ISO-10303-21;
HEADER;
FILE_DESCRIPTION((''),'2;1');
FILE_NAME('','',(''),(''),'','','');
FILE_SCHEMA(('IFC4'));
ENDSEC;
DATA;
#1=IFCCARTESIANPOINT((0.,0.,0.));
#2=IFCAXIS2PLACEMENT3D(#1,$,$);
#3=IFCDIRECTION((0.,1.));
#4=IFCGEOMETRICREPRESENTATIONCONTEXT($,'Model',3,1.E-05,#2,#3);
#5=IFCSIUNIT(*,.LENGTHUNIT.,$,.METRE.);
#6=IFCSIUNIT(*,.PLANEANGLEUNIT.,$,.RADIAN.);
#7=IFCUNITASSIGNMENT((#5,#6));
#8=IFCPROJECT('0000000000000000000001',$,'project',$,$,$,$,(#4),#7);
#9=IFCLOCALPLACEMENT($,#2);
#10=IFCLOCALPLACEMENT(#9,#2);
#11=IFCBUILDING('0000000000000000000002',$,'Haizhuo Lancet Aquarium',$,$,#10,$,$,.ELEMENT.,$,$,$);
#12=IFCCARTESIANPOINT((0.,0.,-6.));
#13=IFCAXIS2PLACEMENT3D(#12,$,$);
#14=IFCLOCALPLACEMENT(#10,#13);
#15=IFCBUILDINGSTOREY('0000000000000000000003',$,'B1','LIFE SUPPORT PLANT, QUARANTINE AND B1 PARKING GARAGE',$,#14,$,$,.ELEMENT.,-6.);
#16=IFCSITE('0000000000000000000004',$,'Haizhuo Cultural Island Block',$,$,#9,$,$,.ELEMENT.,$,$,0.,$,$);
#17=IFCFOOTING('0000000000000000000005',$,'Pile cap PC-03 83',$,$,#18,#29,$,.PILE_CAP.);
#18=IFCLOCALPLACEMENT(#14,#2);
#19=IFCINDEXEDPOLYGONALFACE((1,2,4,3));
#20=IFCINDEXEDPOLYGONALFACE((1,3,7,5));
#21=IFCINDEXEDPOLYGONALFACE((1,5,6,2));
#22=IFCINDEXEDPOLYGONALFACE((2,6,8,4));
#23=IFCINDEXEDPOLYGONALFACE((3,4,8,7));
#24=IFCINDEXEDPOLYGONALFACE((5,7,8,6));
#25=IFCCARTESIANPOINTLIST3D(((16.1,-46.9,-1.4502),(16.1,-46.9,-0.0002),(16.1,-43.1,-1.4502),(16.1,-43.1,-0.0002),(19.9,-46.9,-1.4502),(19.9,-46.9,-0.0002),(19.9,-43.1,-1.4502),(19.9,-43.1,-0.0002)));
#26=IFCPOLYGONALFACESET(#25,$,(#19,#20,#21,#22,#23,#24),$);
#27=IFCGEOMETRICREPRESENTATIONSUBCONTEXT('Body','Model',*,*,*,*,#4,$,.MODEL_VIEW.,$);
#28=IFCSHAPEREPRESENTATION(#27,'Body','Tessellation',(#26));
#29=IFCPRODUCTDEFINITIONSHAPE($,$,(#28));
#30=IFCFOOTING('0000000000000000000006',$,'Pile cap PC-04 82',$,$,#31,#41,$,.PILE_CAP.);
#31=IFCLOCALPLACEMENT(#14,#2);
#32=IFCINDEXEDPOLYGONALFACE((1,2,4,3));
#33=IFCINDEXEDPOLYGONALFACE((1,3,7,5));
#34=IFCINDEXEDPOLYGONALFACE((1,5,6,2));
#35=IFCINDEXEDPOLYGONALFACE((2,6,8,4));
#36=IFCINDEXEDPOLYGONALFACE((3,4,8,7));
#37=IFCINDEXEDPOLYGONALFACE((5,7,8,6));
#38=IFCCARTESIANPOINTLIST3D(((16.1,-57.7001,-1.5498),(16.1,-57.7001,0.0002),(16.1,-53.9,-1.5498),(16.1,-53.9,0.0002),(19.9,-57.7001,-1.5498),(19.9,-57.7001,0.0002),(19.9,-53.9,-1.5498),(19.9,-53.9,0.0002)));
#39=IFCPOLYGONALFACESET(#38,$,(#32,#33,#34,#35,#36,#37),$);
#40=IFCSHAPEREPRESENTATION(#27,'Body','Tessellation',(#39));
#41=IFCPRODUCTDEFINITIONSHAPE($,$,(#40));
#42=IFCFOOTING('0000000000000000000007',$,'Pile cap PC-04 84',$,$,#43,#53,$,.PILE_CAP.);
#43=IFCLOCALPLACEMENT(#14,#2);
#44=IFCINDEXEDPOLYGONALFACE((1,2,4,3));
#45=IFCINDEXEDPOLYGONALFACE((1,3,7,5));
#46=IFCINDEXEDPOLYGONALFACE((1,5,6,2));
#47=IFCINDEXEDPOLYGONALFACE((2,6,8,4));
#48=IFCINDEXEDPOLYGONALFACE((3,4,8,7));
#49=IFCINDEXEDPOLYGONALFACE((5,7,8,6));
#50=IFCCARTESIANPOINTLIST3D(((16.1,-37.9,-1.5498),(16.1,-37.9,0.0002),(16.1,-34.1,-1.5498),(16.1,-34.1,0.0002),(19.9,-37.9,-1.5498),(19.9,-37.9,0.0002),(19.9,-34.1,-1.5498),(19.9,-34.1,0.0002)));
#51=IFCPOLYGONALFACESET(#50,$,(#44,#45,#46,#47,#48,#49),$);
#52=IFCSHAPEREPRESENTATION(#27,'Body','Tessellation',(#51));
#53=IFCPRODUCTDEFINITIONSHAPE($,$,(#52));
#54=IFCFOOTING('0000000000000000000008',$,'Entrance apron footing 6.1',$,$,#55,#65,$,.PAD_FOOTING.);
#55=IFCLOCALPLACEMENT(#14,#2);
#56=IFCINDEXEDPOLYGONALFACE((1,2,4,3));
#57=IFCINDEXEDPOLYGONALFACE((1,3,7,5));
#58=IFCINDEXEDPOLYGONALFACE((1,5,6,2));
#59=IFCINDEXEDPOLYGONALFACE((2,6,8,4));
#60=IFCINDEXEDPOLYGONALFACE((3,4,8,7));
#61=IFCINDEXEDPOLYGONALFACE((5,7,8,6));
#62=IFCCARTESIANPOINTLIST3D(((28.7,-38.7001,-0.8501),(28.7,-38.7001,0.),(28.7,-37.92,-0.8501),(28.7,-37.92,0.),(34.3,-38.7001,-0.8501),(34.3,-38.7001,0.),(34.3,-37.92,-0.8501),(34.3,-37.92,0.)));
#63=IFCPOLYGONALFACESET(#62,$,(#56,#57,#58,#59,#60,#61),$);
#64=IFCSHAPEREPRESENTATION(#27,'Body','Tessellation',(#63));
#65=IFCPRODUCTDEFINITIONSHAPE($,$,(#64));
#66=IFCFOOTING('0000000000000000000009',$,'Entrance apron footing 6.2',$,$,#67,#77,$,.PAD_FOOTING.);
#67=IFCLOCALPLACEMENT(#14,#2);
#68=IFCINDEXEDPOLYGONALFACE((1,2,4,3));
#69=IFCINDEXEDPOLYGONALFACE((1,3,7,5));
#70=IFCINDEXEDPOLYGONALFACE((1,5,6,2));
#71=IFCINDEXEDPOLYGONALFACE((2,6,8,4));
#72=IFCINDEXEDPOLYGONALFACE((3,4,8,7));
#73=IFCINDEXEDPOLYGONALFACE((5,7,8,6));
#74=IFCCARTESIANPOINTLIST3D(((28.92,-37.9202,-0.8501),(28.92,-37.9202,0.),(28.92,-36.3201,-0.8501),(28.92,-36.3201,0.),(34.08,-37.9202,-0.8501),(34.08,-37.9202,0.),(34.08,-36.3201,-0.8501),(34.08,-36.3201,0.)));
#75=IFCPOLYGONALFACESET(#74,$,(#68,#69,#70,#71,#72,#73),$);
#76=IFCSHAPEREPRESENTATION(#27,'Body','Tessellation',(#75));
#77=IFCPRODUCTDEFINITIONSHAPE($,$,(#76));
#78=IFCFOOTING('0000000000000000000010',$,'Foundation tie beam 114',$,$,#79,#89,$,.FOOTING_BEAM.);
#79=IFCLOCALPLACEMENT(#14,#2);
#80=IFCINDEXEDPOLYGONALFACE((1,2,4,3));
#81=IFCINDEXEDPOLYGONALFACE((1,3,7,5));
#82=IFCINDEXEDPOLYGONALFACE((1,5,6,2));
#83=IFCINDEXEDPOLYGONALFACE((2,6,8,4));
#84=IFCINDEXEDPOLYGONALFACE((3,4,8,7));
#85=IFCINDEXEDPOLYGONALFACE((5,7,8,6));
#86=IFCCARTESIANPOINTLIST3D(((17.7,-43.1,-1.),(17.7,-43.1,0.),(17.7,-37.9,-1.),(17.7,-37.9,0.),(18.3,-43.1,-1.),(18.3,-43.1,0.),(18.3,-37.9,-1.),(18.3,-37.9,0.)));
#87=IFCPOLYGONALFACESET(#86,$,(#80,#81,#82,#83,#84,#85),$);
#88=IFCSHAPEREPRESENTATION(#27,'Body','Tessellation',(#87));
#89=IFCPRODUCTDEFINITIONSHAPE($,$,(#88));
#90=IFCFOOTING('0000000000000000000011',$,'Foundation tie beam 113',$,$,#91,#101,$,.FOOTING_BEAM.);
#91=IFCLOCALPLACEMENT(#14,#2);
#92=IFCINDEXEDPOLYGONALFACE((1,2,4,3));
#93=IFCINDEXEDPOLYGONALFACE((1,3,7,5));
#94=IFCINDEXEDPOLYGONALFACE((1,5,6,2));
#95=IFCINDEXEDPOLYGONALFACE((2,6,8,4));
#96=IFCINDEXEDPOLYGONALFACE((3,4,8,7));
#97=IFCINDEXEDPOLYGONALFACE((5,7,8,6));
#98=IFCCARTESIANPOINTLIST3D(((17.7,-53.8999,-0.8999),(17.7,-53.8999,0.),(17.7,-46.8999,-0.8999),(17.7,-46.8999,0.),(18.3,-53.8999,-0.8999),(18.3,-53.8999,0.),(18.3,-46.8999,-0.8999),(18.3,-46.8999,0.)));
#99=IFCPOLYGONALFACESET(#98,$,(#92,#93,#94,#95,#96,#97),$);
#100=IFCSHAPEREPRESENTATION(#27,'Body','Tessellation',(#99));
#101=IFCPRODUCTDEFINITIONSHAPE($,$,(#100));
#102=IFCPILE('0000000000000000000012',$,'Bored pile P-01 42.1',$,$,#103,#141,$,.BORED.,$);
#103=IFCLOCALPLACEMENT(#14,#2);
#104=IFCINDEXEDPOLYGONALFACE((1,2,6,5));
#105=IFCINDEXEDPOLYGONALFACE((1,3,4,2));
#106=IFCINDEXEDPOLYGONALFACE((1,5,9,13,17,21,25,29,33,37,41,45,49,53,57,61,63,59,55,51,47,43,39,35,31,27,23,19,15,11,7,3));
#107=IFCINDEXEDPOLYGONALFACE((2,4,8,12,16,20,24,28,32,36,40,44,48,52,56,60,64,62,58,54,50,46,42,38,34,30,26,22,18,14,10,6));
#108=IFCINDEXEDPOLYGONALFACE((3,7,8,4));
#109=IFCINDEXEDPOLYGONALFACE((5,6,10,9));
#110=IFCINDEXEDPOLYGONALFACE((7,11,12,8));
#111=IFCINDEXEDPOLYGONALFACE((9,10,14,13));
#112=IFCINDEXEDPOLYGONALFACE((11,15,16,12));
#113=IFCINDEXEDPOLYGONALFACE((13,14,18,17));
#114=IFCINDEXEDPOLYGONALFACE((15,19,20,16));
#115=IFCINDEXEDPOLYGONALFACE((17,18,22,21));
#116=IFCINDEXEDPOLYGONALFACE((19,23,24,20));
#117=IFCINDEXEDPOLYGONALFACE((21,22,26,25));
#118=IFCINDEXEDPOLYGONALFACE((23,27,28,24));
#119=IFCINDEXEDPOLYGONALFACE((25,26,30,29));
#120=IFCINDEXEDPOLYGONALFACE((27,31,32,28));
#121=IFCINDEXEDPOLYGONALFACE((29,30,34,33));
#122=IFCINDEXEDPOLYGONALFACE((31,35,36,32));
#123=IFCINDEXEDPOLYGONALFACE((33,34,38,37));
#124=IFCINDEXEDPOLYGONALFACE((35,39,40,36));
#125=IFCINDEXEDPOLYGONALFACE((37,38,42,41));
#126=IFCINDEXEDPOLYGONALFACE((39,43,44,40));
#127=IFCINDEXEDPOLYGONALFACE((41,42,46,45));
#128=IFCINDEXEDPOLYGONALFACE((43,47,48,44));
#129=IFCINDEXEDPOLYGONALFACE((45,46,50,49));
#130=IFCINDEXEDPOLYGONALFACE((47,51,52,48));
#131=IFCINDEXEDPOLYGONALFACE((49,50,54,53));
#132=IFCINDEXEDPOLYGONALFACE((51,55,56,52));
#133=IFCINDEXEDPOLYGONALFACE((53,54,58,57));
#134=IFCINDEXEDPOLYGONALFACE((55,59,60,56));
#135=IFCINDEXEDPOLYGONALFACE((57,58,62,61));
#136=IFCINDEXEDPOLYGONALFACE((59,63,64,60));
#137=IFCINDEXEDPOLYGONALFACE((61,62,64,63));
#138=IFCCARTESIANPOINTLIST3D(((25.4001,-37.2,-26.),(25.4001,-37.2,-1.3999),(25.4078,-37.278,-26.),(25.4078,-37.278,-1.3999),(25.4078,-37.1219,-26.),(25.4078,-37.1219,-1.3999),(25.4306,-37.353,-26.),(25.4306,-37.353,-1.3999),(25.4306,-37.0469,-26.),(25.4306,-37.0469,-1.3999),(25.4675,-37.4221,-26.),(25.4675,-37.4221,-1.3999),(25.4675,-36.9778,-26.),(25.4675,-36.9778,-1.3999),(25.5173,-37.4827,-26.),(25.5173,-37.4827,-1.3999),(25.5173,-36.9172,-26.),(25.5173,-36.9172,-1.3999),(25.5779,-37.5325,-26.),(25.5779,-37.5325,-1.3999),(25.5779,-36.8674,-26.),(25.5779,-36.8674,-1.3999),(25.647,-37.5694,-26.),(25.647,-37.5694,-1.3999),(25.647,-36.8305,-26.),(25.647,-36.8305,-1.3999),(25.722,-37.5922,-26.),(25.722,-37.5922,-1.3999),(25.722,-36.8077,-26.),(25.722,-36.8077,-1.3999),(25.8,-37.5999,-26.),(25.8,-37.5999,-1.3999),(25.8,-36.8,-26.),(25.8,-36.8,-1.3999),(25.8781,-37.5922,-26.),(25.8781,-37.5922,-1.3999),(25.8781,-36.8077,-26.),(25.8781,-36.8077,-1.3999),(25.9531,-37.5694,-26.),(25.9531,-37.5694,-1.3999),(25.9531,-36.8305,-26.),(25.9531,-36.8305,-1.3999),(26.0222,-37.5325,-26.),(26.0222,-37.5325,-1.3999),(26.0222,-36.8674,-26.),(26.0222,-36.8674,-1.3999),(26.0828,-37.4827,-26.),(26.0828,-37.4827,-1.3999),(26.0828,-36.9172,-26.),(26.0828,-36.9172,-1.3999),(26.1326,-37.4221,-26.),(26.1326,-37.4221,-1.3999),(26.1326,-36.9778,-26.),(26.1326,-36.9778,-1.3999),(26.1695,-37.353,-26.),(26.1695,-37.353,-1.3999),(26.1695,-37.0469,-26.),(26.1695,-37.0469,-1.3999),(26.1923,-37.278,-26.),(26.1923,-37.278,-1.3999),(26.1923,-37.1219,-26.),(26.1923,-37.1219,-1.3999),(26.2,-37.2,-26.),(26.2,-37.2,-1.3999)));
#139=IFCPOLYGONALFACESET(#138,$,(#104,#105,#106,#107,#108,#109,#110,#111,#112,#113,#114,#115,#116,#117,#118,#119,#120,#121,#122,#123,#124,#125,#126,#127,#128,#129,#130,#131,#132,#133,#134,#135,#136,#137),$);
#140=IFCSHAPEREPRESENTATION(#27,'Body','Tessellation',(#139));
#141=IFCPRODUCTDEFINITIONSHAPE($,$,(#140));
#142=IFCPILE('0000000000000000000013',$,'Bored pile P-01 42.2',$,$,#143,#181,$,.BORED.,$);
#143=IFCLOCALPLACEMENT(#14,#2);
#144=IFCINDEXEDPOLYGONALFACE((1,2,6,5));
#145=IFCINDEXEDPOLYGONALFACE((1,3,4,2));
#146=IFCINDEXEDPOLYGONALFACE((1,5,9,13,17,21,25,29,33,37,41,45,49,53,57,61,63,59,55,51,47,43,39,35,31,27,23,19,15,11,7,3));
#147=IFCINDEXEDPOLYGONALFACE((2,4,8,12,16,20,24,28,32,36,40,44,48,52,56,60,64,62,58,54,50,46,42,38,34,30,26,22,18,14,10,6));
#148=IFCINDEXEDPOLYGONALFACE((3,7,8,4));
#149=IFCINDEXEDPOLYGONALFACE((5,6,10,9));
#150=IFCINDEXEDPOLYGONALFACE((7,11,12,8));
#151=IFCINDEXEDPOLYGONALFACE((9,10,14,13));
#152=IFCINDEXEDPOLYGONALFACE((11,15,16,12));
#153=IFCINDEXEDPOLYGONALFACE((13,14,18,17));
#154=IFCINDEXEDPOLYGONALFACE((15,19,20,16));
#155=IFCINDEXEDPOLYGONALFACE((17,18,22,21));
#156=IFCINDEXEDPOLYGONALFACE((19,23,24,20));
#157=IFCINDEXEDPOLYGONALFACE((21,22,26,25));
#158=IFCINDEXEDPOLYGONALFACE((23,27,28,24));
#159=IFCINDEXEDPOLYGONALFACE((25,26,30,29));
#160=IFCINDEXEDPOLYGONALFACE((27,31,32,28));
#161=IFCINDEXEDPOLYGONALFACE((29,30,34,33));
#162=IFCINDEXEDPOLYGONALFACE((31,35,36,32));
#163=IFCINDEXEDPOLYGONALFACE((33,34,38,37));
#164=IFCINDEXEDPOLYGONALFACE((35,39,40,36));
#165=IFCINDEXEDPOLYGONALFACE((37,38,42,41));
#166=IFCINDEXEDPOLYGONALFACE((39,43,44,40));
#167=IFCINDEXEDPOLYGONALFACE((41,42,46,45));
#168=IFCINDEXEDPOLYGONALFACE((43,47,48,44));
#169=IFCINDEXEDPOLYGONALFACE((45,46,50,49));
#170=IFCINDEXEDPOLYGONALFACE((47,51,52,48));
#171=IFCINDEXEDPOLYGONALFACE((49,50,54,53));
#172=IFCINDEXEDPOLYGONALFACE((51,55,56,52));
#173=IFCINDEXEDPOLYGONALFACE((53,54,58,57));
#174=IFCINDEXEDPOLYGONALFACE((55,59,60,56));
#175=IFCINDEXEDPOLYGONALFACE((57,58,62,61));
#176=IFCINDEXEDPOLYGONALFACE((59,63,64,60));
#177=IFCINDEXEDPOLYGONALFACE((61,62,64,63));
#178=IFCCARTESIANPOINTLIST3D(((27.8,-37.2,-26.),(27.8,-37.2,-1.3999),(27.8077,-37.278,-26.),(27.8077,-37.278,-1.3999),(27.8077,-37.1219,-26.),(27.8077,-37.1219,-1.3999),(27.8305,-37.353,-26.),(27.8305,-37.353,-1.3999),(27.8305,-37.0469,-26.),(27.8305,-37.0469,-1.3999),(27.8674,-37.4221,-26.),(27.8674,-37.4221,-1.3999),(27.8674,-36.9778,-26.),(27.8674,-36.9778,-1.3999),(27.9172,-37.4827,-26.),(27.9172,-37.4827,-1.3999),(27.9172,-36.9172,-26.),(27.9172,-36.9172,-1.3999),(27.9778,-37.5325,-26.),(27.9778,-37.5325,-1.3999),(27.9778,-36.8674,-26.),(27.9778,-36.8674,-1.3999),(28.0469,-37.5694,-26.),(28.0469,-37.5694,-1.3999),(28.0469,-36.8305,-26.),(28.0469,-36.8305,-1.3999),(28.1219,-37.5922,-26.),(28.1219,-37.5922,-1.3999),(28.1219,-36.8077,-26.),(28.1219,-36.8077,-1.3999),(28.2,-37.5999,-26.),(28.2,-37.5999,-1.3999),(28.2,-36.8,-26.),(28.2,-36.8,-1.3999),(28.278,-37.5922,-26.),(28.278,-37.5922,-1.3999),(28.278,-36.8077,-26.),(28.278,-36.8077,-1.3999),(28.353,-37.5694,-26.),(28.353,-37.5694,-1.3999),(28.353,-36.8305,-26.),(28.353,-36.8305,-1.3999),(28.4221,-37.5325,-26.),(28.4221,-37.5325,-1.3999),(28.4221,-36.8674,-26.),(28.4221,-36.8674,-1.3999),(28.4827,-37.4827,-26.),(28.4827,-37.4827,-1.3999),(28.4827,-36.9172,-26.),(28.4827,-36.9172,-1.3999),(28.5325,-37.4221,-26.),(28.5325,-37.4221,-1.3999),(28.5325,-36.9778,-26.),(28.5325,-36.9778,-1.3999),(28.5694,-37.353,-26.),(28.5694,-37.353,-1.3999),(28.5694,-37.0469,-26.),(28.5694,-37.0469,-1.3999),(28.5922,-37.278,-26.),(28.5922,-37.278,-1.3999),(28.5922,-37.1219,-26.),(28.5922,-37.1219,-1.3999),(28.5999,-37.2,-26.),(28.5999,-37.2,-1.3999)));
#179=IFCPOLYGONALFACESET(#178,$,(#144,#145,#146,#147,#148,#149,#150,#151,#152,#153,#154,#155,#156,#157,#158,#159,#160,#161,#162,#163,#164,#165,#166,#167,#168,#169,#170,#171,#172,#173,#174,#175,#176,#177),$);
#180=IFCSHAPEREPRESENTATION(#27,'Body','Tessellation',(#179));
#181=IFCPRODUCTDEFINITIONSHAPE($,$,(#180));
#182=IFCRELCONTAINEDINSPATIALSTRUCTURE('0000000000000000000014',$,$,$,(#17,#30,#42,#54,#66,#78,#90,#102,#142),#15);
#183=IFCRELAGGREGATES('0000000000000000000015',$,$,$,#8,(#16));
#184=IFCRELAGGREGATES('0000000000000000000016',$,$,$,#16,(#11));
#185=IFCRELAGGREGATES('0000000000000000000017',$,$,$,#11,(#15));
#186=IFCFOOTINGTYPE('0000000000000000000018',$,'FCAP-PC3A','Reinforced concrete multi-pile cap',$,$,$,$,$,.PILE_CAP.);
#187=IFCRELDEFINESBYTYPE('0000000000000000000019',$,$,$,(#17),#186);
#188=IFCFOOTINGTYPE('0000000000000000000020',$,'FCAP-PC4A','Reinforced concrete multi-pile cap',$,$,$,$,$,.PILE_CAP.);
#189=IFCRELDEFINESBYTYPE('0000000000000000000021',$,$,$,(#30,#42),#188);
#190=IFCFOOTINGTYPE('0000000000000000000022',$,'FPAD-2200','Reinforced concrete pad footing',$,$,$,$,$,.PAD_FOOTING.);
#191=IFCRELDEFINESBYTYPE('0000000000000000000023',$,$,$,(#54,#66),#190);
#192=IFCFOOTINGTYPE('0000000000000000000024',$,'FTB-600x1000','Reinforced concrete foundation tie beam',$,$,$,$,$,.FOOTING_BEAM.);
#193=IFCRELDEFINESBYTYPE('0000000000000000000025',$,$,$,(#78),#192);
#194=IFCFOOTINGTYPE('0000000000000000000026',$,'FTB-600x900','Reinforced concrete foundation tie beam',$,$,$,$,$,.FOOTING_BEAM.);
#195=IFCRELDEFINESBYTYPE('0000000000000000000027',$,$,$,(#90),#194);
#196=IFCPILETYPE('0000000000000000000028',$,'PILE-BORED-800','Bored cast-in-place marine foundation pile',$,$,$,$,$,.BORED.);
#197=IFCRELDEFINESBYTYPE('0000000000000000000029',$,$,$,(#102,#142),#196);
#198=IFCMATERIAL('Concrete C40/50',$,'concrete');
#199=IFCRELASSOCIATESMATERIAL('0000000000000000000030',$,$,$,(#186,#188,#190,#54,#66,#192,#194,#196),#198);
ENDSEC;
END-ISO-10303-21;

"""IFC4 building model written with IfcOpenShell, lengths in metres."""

from ifc_helpers import new_model, si_unit, direction, frame, origin, origin_2d, place, context, subcontext, project, spatial, rectangle, circle, extrude, material, material_profile, profile_set, type_object, element, save


model = new_model("IFC4")

# Units and contexts
model_context = context("Model", 3, precision=1e-05, world=origin(), true_north=direction((0.0, 1.0)))
body_context = subcontext(model_context, "Body", "Model", "MODEL_VIEW")
ifc_project = project(units=[si_unit("LENGTHUNIT", "METRE"), si_unit("PLANEANGLEUNIT", "RADIAN")], contexts=[model_context])

# Site, building, storey
site_placement = place(None, origin())
site = spatial("IfcSite", under=ifc_project, at=site_placement, Name="Haizhuo Cultural Island Block", CompositionType="ELEMENT", RefElevation=0.0)
building_placement = place(site_placement, origin())
building = spatial("IfcBuilding", under=site, at=building_placement, Name="Haizhuo Lancet Aquarium", CompositionType="ELEMENT")
storey_placement = place(building_placement, frame((0.0, 0.0, -6.0)))
storey = spatial("IfcBuildingStorey", under=building, at=storey_placement, Name="B1", Description="LIFE SUPPORT PLANT, QUARANTINE AND B1 PARKING GARAGE", CompositionType="ELEMENT", Elevation=-6.0)

# Footings
ifc_material_1 = material(Name="Concrete C40/50", Category="concrete")
footing_type_1 = type_object("IfcFootingType", Name="FCAP-PC3A", Description="Reinforced concrete multi-pile cap", PredefinedType="PILE_CAP", material=ifc_material_1)
footing_1_placement = place(storey_placement, frame((18.0, -45.0, -1.4502), z_axis=(0.0, 0.0, 1.0), x_axis=(1.0, 0.0, 0.0)))
element("IfcFooting", 1, at=footing_1_placement, inside=storey, type_object=footing_type_1, Name="Pile cap PC-03 83", PredefinedType="PILE_CAP", context=body_context, shape_type="SweptSolid", body=[
    extrude(rectangle(XDim=3.8, YDim=3.8, at=origin_2d()), origin(), (0.0, 0.0, 1.0), 1.45),
])
footing_type_2 = type_object("IfcFootingType", Name="FCAP-PC4A", Description="Reinforced concrete multi-pile cap", PredefinedType="PILE_CAP", material=ifc_material_1)
for number, where, z_axis, x_axis, name in (
    (2, (18.0, -55.8, -1.5498), (0.0, 0.0, 1.0), (1.0, 0.0, 0.0), "Pile cap PC-04 82"),
    (3, (18.0, -36.0, -1.5498), (0.0, 0.0, 1.0), (1.0, 0.0, 0.0), "Pile cap PC-04 84"),
):
    element("IfcFooting", number, at=place(storey_placement, frame(where, z_axis=z_axis, x_axis=x_axis)), inside=storey, type_object=footing_type_2, Name=name, PredefinedType="PILE_CAP", context=body_context, shape_type="SweptSolid", body=[
        extrude(rectangle(XDim=3.8, YDim=3.8, at=origin_2d()), origin(), (0.0, 0.0, 1.0), 1.55),
    ])
footing_type_3 = type_object("IfcFootingType", Name="FPAD-2200", Description="Reinforced concrete pad footing", PredefinedType="PAD_FOOTING", material=ifc_material_1)
footing_2_placement = place(storey_placement, frame((31.5, -38.3101, -0.8501), z_axis=(0.0, 0.0, 1.0), x_axis=(1.0, 0.0, 0.0)))
element("IfcFooting", 4, at=footing_2_placement, inside=storey, type_object=footing_type_3, material=ifc_material_1, Name="Entrance apron footing 6.1", PredefinedType="PAD_FOOTING", context=body_context, shape_type="SweptSolid", body=[
    extrude(rectangle(XDim=5.6001, YDim=0.78, at=origin_2d()), origin(), (0.0, 0.0, 1.0), 0.8501),
])
footing_3_placement = place(storey_placement, frame((31.5, -37.1201, -0.8501), z_axis=(0.0, 0.0, 1.0), x_axis=(1.0, 0.0, 0.0)))
element("IfcFooting", 5, at=footing_3_placement, inside=storey, type_object=footing_type_3, material=ifc_material_1, Name="Entrance apron footing 6.2", PredefinedType="PAD_FOOTING", context=body_context, shape_type="SweptSolid", body=[
    extrude(rectangle(XDim=5.1599, YDim=1.6001, at=origin_2d()), origin(), (0.0, 0.0, 1.0), 0.8501),
])
footing_type_4 = type_object("IfcFootingType", Name="FTB-600x1000", Description="Reinforced concrete foundation tie beam", PredefinedType="FOOTING_BEAM", material=ifc_material_1)
footing_4_placement = place(storey_placement, frame((18.0, -40.5, -1.0), z_axis=(0.0, 0.0, 1.0), x_axis=(0.0, 1.0, 0.0)))
element("IfcFooting", 6, at=footing_4_placement, inside=storey, type_object=footing_type_4, Name="Foundation tie beam 114", PredefinedType="FOOTING_BEAM", context=body_context, shape_type="SweptSolid", body=[
    extrude(rectangle(XDim=5.2, YDim=0.6001, at=origin_2d()), origin(), (0.0, 0.0, 1.0), 1.0),
])
footing_type_5 = type_object("IfcFootingType", Name="FTB-600x900", Description="Reinforced concrete foundation tie beam", PredefinedType="FOOTING_BEAM", material=ifc_material_1)
footing_5_placement = place(storey_placement, frame((18.0, -50.3999, -0.8999), z_axis=(0.0, 0.0, 1.0), x_axis=(0.0, 1.0, 0.0)))
element("IfcFooting", 7, at=footing_5_placement, inside=storey, type_object=footing_type_5, Name="Foundation tie beam 113", PredefinedType="FOOTING_BEAM", context=body_context, shape_type="SweptSolid", body=[
    extrude(rectangle(XDim=7.0, YDim=0.6001, at=origin_2d()), origin(), (0.0, 0.0, 1.0), 0.8999),
])

# Piles
ifc_material_profile_1 = material_profile(ifc_material_1, circle(Radius=0.3999, at=origin_2d()), Name="PILE-800")
ifc_profile_set_1 = profile_set([ifc_material_profile_1], Name="Concrete C40/50")
pile_type = type_object("IfcPileType", Name="PILE-BORED-800", Description="Bored cast-in-place marine foundation pile", PredefinedType="BORED", material=ifc_profile_set_1)
for number, where, z_axis, x_axis, name in (
    (8, (25.8, -37.2, -1.3999), (0.0, 0.0, -1.0), (1.0, 0.0, 0.0), "Bored pile P-01 42.1"),
    (9, (28.2, -37.2, -1.3999), (0.0, 0.0, -1.0), (1.0, 0.0, 0.0), "Bored pile P-01 42.2"),
):
    element("IfcPile", number, at=place(storey_placement, frame(where, z_axis=z_axis, x_axis=x_axis)), inside=storey, type_object=pile_type, Name=name, PredefinedType="BORED", context=body_context, shape_type="SweptSolid", body=[
        extrude(circle(Radius=0.3999, at=origin_2d()), origin(), (0.0, 0.0, 1.0), 24.6001),
    ])

save(model, "model.ifc")
